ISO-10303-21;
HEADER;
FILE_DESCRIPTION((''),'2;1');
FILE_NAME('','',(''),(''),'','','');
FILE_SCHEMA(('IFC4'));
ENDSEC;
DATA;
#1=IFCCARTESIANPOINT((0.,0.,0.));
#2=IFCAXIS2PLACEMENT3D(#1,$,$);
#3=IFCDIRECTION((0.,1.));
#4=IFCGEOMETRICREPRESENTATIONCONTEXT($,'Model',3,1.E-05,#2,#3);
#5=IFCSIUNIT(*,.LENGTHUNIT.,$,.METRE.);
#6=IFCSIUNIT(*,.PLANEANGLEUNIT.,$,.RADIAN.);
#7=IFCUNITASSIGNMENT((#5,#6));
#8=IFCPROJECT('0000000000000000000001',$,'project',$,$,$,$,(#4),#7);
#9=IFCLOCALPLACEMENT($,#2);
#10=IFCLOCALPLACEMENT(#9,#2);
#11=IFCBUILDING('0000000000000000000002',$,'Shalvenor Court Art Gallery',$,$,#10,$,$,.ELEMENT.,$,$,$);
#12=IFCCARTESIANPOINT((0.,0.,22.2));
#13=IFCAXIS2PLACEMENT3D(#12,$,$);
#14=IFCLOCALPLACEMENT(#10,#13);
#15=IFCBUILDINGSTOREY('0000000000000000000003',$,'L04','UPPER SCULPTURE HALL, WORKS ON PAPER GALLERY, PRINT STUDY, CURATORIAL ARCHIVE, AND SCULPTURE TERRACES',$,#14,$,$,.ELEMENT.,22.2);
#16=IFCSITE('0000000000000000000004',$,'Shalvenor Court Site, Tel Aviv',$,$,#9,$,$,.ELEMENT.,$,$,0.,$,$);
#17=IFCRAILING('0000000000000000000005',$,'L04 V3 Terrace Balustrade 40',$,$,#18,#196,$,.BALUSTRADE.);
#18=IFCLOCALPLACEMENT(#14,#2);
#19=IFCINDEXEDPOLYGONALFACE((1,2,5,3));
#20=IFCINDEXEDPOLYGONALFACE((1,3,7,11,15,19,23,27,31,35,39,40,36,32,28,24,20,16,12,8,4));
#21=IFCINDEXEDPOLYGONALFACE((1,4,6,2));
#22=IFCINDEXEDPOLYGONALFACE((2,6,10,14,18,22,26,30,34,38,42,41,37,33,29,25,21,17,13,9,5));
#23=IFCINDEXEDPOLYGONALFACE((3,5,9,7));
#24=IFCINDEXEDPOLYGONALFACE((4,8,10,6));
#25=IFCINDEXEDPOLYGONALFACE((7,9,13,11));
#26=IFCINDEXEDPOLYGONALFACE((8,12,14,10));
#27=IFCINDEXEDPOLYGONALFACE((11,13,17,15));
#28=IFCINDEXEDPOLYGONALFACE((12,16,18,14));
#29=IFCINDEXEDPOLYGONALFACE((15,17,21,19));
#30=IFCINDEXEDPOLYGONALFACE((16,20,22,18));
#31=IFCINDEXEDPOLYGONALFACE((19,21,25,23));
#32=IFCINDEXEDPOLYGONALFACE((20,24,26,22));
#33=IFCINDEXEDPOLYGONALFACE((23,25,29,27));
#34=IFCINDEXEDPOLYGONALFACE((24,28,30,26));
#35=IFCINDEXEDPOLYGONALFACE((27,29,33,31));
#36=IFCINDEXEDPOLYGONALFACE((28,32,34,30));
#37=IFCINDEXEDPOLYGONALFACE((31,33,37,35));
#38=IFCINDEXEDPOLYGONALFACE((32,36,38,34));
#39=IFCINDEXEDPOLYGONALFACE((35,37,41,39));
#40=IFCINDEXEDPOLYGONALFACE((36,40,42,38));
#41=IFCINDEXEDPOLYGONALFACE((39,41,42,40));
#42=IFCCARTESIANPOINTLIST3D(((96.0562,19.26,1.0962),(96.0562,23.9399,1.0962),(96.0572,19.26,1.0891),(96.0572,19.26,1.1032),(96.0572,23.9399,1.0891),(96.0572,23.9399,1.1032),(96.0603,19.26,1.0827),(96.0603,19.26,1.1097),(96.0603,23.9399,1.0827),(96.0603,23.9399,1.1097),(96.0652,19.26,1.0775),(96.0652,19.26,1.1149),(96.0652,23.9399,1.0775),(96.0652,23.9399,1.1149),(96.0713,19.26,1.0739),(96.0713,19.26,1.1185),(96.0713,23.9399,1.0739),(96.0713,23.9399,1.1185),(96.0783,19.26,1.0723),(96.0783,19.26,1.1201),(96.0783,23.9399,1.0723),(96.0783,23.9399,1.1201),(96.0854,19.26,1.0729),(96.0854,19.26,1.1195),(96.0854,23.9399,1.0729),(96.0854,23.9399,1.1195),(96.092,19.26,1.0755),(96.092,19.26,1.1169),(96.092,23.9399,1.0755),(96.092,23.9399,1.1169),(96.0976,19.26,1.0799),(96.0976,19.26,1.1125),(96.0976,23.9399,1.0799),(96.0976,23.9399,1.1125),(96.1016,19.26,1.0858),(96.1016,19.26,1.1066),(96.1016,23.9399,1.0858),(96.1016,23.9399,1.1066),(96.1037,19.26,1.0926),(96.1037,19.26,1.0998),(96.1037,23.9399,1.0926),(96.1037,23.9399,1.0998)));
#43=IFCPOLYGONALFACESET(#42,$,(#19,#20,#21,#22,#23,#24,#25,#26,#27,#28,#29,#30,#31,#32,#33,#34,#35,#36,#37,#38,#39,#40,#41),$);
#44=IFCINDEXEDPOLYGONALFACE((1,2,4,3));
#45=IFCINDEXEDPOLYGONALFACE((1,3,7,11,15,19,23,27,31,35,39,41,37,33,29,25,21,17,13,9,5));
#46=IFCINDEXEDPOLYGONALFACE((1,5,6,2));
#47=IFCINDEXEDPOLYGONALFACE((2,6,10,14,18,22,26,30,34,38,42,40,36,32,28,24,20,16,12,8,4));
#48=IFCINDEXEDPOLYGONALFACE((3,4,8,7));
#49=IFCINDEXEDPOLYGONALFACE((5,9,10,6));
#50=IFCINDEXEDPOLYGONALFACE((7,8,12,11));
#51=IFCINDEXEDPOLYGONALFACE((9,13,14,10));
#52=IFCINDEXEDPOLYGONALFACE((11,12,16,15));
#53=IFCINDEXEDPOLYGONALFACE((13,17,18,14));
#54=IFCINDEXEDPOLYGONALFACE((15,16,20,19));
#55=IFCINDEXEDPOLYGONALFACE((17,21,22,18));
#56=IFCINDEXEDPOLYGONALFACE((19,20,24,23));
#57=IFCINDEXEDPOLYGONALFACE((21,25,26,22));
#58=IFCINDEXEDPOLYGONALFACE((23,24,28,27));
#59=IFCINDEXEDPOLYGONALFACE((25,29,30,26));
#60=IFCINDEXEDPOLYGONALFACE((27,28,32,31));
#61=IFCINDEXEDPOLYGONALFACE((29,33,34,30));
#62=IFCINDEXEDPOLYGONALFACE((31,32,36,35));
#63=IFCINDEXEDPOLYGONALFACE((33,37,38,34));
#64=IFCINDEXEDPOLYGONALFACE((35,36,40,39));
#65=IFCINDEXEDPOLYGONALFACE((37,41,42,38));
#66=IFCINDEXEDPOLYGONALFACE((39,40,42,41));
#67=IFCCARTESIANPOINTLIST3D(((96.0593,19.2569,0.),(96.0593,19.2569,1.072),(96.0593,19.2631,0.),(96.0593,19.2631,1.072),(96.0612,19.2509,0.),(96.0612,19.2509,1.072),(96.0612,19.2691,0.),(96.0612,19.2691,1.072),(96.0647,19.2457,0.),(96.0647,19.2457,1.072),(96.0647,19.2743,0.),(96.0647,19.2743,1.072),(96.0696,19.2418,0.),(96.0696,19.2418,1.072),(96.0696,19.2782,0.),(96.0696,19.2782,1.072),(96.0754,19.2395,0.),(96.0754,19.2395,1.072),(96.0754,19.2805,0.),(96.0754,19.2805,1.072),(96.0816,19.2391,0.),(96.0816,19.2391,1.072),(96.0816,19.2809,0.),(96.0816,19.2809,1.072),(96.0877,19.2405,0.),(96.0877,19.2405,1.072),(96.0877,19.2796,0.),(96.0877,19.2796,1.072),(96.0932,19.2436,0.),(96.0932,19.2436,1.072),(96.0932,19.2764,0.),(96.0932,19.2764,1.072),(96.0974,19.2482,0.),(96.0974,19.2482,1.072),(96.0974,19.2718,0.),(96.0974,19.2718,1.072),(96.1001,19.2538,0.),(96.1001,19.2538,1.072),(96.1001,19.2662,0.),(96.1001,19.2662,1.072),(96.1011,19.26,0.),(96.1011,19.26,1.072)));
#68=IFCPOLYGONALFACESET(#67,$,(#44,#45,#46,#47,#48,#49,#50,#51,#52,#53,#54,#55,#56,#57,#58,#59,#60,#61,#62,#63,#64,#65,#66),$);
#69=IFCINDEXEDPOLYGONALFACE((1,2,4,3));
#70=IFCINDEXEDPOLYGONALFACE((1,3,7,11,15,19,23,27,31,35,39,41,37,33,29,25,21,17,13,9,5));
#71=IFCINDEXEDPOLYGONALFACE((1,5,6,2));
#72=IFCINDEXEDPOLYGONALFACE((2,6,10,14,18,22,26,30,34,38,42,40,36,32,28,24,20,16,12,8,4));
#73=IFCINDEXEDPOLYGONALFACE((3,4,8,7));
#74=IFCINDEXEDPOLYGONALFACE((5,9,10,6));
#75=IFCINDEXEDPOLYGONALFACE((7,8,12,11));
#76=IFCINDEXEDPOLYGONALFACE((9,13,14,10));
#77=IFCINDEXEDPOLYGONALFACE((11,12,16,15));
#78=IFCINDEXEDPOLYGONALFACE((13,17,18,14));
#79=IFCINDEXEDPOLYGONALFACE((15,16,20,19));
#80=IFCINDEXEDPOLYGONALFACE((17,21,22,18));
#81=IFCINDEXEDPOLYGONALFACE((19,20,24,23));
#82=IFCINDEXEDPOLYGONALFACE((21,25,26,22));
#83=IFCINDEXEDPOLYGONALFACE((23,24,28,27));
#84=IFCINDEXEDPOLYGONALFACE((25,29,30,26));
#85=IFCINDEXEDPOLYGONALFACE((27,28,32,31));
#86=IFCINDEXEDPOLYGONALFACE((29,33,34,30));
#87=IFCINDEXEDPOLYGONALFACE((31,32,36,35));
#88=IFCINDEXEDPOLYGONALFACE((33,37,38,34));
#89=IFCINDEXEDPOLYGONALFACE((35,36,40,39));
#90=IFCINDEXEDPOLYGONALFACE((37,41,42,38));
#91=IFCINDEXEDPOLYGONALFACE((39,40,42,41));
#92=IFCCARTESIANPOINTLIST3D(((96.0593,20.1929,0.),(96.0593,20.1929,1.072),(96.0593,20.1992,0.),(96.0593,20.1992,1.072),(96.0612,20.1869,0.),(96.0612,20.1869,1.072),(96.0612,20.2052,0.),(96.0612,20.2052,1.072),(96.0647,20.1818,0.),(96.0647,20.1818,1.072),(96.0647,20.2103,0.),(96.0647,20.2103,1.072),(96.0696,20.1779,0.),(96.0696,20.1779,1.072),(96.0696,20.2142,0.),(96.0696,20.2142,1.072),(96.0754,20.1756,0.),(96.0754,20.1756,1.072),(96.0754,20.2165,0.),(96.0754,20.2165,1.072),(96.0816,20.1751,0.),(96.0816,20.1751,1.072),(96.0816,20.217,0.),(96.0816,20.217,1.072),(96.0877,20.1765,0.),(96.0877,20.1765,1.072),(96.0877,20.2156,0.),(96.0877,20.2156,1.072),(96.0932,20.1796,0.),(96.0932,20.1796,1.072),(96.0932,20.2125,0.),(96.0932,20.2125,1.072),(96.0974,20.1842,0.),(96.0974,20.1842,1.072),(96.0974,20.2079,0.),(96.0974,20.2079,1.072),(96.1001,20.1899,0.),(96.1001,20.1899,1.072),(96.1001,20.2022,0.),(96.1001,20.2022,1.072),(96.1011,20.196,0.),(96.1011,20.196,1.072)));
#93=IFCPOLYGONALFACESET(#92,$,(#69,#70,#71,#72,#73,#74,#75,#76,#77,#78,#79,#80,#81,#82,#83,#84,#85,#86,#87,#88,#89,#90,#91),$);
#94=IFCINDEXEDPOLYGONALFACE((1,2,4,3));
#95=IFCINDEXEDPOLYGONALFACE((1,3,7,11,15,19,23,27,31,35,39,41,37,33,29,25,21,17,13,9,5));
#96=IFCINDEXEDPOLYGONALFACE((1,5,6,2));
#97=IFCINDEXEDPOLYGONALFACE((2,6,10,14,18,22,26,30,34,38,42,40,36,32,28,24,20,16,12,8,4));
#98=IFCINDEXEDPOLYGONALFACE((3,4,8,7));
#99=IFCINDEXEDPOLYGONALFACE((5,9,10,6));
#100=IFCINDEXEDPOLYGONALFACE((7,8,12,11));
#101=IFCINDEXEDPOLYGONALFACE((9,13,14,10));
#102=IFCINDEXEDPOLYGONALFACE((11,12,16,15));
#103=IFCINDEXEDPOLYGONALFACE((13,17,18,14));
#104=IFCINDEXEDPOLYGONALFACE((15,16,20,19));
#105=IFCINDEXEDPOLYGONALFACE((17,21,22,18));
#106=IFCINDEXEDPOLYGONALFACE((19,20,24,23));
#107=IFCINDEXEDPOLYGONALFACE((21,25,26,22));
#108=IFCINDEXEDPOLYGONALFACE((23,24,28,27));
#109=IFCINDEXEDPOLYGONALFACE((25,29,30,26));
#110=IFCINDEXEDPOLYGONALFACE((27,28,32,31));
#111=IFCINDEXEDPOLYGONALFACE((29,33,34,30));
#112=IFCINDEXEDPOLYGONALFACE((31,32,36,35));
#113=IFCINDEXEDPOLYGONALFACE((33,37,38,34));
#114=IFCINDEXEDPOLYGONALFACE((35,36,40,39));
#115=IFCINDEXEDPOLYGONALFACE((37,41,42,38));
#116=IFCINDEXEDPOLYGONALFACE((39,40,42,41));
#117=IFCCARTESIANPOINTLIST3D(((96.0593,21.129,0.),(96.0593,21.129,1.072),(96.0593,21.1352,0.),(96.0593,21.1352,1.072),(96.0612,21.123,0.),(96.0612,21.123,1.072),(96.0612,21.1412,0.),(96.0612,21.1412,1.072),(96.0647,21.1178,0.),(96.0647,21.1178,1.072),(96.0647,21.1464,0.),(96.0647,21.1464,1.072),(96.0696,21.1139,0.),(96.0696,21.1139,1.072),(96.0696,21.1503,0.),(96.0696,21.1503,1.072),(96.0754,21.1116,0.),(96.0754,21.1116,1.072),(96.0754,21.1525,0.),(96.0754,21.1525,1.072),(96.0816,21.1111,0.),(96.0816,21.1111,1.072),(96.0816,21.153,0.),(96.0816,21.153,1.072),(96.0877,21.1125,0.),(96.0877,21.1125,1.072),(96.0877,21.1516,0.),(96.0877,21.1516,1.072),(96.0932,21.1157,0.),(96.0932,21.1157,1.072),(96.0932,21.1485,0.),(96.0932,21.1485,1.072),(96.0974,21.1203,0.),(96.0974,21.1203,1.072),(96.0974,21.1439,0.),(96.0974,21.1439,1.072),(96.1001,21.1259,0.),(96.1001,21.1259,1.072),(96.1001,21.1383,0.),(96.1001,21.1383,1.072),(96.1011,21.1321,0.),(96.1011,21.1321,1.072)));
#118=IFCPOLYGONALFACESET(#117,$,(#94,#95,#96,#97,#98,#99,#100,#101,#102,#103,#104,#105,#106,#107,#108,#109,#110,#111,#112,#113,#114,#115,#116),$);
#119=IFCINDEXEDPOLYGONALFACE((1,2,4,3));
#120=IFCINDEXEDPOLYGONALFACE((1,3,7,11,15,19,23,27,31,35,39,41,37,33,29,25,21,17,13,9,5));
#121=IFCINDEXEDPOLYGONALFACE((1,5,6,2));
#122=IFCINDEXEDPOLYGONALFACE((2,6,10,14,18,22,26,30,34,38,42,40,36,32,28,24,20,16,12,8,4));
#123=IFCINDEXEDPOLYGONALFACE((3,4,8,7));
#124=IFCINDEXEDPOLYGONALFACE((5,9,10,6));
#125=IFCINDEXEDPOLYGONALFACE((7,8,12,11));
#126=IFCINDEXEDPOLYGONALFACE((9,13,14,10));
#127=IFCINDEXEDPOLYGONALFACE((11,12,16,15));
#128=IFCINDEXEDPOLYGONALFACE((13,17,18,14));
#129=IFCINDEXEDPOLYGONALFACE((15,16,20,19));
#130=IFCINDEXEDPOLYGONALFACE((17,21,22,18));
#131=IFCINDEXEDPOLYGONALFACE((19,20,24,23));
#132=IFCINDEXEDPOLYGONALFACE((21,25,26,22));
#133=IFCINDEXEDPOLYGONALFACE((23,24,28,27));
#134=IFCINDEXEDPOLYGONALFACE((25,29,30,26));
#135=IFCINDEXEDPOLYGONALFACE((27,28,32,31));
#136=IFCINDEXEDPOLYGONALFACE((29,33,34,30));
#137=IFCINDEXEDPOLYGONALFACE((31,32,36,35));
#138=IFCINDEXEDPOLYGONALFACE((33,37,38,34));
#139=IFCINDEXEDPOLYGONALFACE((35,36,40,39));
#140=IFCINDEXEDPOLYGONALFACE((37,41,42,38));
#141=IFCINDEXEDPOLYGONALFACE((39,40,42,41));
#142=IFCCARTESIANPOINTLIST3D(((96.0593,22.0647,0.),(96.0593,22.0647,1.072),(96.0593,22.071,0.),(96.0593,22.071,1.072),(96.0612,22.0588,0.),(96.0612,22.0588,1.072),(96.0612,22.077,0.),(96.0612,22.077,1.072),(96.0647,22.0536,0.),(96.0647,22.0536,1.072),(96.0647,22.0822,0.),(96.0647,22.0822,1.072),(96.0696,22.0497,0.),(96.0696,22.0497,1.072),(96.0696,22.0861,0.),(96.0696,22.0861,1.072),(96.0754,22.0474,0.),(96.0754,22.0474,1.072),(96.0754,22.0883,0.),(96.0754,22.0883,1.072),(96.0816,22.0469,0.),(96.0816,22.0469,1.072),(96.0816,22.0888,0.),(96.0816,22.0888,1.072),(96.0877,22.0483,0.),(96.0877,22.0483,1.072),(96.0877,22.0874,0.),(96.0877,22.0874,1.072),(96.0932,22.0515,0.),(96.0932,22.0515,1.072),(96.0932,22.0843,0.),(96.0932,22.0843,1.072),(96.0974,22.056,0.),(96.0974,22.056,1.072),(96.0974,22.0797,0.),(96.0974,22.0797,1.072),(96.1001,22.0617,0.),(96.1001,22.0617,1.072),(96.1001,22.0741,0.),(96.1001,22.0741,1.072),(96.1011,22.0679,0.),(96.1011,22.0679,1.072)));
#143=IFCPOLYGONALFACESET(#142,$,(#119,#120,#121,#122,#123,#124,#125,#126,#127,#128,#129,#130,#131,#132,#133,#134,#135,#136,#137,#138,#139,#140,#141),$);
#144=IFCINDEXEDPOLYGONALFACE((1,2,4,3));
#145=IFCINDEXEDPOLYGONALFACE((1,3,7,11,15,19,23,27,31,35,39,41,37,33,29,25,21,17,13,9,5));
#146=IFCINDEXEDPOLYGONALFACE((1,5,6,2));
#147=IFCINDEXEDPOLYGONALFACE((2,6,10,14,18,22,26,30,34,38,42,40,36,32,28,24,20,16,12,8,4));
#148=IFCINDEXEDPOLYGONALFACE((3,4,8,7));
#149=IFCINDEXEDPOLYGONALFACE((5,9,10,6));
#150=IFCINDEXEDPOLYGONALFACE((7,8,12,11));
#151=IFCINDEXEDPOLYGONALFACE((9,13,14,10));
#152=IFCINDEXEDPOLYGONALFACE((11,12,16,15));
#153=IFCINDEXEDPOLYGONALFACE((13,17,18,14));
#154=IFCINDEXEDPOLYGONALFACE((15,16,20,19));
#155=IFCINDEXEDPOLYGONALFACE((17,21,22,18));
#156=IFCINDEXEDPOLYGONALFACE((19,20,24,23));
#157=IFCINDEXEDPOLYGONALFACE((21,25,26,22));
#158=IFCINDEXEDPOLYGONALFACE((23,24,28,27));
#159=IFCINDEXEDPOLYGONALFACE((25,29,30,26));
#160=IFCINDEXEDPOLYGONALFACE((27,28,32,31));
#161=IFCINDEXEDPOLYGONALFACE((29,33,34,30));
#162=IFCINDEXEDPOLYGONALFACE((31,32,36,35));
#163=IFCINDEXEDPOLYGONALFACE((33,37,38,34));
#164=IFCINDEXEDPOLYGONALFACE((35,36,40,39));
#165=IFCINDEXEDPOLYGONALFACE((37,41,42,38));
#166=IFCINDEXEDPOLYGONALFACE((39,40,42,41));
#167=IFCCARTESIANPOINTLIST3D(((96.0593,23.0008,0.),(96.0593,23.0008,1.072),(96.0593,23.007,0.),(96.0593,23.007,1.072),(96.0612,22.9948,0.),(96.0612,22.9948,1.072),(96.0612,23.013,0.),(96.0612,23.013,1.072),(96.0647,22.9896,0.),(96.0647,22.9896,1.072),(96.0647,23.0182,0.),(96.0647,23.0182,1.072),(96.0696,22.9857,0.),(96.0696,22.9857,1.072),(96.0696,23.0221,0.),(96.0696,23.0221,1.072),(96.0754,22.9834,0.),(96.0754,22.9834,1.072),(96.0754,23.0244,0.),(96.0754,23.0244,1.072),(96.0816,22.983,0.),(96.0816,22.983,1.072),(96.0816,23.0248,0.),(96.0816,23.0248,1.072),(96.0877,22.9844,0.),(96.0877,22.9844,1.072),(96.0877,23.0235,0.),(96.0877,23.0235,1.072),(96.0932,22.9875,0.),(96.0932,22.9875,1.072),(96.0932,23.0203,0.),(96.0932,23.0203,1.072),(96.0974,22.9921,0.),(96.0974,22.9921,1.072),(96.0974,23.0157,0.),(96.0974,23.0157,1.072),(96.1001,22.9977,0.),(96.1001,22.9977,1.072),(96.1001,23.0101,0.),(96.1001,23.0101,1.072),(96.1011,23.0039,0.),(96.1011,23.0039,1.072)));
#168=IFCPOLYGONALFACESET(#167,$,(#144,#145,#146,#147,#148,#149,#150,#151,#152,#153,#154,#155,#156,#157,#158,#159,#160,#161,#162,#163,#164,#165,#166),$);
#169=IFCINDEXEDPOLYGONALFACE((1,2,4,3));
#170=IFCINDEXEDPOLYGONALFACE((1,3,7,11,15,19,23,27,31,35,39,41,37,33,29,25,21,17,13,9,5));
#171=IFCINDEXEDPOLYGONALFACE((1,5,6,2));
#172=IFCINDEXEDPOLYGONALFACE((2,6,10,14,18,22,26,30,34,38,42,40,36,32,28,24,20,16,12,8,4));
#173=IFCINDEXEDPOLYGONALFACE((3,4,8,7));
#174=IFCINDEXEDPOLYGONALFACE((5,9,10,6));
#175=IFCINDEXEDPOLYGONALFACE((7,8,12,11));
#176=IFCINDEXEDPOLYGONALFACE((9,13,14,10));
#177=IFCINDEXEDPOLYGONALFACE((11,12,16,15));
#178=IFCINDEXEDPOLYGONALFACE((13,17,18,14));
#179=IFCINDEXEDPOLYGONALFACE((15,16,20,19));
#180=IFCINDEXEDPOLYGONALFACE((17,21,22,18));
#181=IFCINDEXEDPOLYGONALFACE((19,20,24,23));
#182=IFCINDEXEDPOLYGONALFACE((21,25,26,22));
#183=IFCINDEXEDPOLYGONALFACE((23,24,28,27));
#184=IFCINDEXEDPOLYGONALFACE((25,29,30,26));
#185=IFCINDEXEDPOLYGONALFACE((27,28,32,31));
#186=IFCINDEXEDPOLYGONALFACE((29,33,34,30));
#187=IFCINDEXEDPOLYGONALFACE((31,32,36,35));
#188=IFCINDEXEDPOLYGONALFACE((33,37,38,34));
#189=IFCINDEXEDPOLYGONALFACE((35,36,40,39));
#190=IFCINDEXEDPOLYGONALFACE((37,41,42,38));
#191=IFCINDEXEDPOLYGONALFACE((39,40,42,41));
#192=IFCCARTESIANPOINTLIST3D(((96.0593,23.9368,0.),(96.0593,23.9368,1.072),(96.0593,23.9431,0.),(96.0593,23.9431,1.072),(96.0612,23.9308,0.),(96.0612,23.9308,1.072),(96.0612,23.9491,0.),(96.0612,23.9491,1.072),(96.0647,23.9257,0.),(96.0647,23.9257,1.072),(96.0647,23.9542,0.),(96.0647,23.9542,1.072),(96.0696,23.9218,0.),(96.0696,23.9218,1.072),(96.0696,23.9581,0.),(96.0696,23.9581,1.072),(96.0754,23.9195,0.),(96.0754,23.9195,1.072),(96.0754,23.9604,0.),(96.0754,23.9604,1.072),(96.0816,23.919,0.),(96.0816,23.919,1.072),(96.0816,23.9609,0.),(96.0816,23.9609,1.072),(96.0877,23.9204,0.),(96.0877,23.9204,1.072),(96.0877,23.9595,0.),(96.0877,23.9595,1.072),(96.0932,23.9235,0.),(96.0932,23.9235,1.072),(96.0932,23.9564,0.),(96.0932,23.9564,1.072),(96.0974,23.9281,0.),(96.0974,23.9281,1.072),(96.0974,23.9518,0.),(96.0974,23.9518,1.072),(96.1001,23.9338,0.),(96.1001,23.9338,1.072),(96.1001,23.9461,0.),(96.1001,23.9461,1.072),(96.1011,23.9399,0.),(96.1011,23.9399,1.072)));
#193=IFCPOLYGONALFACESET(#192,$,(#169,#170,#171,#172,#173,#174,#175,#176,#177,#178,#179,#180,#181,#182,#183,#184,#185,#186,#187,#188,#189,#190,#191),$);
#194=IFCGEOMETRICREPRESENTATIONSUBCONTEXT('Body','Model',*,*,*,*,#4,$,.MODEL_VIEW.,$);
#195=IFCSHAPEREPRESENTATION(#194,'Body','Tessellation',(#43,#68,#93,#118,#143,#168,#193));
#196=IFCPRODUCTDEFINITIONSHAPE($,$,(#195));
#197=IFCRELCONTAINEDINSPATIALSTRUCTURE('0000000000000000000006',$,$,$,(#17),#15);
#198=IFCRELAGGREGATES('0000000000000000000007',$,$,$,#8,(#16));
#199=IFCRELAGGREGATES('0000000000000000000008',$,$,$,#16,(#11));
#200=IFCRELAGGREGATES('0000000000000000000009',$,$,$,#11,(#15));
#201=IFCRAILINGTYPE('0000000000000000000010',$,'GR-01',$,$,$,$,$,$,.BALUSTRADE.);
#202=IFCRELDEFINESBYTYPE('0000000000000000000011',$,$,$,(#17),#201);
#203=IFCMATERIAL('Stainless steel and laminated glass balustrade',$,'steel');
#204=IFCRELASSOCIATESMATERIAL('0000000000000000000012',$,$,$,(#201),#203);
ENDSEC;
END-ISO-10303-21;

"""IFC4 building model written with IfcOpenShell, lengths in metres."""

from ifc_helpers import new_model, si_unit, direction, frame, origin, origin_2d, place, context, subcontext, project, spatial, circle, extrude, material, type_object, element, save


model = new_model("IFC4")

# Units and contexts
model_context = context("Model", 3, precision=1e-05, world=origin(), true_north=direction((0.0, 1.0)))
body_context = subcontext(model_context, "Body", "Model", "MODEL_VIEW")
ifc_project = project(units=[si_unit("LENGTHUNIT", "METRE"), si_unit("PLANEANGLEUNIT", "RADIAN")], contexts=[model_context])

# Site, building, storey
site_placement = place(None, origin())
site = spatial("IfcSite", under=ifc_project, at=site_placement, Name="Shalvenor Court Site, Tel Aviv", CompositionType="ELEMENT", RefElevation=0.0)
building_placement = place(site_placement, origin())
building = spatial("IfcBuilding", under=site, at=building_placement, Name="Shalvenor Court Art Gallery", CompositionType="ELEMENT")
storey_placement = place(building_placement, frame((0.0, 0.0, 22.2)))
storey = spatial("IfcBuildingStorey", under=building, at=storey_placement, Name="L04", Description="UPPER SCULPTURE HALL, WORKS ON PAPER GALLERY, PRINT STUDY, CURATORIAL ARCHIVE, AND SCULPTURE TERRACES", CompositionType="ELEMENT", Elevation=22.2)

# Railing
ifc_material_1 = material(Name="Stainless steel and laminated glass balustrade", Category="steel")
railing_type = type_object("IfcRailingType", Name="GR-01", PredefinedType="BALUSTRADE", material=ifc_material_1)
railing_1_placement = place(storey_placement, frame((96.0801, 19.26, 0.0)))
element("IfcRailing", 1, at=railing_1_placement, inside=storey, type_object=railing_type, Name="L04 V3 Terrace Balustrade 40", PredefinedType="BALUSTRADE", context=body_context, shape_type="SweptSolid", body=[
    extrude(circle(Radius=0.0239, at=origin_2d()), frame((0.0, 0.0, 1.0962), z_axis=(0.0, 1.0, 0.0), x_axis=(-1.0, 0.0, 0.0)), (0.0, 0.0, 1.0), 4.6799),
    extrude(circle(Radius=0.021, at=origin_2d()), origin(), (0.0, 0.0, 1.0), 1.072),
    extrude(circle(Radius=0.021, at=origin_2d()), frame((0.0, 0.936, 0.0)), (0.0, 0.0, 1.0), 1.072),
    extrude(circle(Radius=0.021, at=origin_2d()), frame((0.0, 1.8721, 0.0)), (0.0, 0.0, 1.0), 1.072),
    extrude(circle(Radius=0.021, at=origin_2d()), frame((0.0, 2.8079, 0.0)), (0.0, 0.0, 1.0), 1.072),
    extrude(circle(Radius=0.021, at=origin_2d()), frame((0.0, 3.7439, 0.0)), (0.0, 0.0, 1.0), 1.072),
    extrude(circle(Radius=0.021, at=origin_2d()), frame((0.0, 4.6799, 0.0)), (0.0, 0.0, 1.0), 1.072),
])

save(model, "model.ifc")
